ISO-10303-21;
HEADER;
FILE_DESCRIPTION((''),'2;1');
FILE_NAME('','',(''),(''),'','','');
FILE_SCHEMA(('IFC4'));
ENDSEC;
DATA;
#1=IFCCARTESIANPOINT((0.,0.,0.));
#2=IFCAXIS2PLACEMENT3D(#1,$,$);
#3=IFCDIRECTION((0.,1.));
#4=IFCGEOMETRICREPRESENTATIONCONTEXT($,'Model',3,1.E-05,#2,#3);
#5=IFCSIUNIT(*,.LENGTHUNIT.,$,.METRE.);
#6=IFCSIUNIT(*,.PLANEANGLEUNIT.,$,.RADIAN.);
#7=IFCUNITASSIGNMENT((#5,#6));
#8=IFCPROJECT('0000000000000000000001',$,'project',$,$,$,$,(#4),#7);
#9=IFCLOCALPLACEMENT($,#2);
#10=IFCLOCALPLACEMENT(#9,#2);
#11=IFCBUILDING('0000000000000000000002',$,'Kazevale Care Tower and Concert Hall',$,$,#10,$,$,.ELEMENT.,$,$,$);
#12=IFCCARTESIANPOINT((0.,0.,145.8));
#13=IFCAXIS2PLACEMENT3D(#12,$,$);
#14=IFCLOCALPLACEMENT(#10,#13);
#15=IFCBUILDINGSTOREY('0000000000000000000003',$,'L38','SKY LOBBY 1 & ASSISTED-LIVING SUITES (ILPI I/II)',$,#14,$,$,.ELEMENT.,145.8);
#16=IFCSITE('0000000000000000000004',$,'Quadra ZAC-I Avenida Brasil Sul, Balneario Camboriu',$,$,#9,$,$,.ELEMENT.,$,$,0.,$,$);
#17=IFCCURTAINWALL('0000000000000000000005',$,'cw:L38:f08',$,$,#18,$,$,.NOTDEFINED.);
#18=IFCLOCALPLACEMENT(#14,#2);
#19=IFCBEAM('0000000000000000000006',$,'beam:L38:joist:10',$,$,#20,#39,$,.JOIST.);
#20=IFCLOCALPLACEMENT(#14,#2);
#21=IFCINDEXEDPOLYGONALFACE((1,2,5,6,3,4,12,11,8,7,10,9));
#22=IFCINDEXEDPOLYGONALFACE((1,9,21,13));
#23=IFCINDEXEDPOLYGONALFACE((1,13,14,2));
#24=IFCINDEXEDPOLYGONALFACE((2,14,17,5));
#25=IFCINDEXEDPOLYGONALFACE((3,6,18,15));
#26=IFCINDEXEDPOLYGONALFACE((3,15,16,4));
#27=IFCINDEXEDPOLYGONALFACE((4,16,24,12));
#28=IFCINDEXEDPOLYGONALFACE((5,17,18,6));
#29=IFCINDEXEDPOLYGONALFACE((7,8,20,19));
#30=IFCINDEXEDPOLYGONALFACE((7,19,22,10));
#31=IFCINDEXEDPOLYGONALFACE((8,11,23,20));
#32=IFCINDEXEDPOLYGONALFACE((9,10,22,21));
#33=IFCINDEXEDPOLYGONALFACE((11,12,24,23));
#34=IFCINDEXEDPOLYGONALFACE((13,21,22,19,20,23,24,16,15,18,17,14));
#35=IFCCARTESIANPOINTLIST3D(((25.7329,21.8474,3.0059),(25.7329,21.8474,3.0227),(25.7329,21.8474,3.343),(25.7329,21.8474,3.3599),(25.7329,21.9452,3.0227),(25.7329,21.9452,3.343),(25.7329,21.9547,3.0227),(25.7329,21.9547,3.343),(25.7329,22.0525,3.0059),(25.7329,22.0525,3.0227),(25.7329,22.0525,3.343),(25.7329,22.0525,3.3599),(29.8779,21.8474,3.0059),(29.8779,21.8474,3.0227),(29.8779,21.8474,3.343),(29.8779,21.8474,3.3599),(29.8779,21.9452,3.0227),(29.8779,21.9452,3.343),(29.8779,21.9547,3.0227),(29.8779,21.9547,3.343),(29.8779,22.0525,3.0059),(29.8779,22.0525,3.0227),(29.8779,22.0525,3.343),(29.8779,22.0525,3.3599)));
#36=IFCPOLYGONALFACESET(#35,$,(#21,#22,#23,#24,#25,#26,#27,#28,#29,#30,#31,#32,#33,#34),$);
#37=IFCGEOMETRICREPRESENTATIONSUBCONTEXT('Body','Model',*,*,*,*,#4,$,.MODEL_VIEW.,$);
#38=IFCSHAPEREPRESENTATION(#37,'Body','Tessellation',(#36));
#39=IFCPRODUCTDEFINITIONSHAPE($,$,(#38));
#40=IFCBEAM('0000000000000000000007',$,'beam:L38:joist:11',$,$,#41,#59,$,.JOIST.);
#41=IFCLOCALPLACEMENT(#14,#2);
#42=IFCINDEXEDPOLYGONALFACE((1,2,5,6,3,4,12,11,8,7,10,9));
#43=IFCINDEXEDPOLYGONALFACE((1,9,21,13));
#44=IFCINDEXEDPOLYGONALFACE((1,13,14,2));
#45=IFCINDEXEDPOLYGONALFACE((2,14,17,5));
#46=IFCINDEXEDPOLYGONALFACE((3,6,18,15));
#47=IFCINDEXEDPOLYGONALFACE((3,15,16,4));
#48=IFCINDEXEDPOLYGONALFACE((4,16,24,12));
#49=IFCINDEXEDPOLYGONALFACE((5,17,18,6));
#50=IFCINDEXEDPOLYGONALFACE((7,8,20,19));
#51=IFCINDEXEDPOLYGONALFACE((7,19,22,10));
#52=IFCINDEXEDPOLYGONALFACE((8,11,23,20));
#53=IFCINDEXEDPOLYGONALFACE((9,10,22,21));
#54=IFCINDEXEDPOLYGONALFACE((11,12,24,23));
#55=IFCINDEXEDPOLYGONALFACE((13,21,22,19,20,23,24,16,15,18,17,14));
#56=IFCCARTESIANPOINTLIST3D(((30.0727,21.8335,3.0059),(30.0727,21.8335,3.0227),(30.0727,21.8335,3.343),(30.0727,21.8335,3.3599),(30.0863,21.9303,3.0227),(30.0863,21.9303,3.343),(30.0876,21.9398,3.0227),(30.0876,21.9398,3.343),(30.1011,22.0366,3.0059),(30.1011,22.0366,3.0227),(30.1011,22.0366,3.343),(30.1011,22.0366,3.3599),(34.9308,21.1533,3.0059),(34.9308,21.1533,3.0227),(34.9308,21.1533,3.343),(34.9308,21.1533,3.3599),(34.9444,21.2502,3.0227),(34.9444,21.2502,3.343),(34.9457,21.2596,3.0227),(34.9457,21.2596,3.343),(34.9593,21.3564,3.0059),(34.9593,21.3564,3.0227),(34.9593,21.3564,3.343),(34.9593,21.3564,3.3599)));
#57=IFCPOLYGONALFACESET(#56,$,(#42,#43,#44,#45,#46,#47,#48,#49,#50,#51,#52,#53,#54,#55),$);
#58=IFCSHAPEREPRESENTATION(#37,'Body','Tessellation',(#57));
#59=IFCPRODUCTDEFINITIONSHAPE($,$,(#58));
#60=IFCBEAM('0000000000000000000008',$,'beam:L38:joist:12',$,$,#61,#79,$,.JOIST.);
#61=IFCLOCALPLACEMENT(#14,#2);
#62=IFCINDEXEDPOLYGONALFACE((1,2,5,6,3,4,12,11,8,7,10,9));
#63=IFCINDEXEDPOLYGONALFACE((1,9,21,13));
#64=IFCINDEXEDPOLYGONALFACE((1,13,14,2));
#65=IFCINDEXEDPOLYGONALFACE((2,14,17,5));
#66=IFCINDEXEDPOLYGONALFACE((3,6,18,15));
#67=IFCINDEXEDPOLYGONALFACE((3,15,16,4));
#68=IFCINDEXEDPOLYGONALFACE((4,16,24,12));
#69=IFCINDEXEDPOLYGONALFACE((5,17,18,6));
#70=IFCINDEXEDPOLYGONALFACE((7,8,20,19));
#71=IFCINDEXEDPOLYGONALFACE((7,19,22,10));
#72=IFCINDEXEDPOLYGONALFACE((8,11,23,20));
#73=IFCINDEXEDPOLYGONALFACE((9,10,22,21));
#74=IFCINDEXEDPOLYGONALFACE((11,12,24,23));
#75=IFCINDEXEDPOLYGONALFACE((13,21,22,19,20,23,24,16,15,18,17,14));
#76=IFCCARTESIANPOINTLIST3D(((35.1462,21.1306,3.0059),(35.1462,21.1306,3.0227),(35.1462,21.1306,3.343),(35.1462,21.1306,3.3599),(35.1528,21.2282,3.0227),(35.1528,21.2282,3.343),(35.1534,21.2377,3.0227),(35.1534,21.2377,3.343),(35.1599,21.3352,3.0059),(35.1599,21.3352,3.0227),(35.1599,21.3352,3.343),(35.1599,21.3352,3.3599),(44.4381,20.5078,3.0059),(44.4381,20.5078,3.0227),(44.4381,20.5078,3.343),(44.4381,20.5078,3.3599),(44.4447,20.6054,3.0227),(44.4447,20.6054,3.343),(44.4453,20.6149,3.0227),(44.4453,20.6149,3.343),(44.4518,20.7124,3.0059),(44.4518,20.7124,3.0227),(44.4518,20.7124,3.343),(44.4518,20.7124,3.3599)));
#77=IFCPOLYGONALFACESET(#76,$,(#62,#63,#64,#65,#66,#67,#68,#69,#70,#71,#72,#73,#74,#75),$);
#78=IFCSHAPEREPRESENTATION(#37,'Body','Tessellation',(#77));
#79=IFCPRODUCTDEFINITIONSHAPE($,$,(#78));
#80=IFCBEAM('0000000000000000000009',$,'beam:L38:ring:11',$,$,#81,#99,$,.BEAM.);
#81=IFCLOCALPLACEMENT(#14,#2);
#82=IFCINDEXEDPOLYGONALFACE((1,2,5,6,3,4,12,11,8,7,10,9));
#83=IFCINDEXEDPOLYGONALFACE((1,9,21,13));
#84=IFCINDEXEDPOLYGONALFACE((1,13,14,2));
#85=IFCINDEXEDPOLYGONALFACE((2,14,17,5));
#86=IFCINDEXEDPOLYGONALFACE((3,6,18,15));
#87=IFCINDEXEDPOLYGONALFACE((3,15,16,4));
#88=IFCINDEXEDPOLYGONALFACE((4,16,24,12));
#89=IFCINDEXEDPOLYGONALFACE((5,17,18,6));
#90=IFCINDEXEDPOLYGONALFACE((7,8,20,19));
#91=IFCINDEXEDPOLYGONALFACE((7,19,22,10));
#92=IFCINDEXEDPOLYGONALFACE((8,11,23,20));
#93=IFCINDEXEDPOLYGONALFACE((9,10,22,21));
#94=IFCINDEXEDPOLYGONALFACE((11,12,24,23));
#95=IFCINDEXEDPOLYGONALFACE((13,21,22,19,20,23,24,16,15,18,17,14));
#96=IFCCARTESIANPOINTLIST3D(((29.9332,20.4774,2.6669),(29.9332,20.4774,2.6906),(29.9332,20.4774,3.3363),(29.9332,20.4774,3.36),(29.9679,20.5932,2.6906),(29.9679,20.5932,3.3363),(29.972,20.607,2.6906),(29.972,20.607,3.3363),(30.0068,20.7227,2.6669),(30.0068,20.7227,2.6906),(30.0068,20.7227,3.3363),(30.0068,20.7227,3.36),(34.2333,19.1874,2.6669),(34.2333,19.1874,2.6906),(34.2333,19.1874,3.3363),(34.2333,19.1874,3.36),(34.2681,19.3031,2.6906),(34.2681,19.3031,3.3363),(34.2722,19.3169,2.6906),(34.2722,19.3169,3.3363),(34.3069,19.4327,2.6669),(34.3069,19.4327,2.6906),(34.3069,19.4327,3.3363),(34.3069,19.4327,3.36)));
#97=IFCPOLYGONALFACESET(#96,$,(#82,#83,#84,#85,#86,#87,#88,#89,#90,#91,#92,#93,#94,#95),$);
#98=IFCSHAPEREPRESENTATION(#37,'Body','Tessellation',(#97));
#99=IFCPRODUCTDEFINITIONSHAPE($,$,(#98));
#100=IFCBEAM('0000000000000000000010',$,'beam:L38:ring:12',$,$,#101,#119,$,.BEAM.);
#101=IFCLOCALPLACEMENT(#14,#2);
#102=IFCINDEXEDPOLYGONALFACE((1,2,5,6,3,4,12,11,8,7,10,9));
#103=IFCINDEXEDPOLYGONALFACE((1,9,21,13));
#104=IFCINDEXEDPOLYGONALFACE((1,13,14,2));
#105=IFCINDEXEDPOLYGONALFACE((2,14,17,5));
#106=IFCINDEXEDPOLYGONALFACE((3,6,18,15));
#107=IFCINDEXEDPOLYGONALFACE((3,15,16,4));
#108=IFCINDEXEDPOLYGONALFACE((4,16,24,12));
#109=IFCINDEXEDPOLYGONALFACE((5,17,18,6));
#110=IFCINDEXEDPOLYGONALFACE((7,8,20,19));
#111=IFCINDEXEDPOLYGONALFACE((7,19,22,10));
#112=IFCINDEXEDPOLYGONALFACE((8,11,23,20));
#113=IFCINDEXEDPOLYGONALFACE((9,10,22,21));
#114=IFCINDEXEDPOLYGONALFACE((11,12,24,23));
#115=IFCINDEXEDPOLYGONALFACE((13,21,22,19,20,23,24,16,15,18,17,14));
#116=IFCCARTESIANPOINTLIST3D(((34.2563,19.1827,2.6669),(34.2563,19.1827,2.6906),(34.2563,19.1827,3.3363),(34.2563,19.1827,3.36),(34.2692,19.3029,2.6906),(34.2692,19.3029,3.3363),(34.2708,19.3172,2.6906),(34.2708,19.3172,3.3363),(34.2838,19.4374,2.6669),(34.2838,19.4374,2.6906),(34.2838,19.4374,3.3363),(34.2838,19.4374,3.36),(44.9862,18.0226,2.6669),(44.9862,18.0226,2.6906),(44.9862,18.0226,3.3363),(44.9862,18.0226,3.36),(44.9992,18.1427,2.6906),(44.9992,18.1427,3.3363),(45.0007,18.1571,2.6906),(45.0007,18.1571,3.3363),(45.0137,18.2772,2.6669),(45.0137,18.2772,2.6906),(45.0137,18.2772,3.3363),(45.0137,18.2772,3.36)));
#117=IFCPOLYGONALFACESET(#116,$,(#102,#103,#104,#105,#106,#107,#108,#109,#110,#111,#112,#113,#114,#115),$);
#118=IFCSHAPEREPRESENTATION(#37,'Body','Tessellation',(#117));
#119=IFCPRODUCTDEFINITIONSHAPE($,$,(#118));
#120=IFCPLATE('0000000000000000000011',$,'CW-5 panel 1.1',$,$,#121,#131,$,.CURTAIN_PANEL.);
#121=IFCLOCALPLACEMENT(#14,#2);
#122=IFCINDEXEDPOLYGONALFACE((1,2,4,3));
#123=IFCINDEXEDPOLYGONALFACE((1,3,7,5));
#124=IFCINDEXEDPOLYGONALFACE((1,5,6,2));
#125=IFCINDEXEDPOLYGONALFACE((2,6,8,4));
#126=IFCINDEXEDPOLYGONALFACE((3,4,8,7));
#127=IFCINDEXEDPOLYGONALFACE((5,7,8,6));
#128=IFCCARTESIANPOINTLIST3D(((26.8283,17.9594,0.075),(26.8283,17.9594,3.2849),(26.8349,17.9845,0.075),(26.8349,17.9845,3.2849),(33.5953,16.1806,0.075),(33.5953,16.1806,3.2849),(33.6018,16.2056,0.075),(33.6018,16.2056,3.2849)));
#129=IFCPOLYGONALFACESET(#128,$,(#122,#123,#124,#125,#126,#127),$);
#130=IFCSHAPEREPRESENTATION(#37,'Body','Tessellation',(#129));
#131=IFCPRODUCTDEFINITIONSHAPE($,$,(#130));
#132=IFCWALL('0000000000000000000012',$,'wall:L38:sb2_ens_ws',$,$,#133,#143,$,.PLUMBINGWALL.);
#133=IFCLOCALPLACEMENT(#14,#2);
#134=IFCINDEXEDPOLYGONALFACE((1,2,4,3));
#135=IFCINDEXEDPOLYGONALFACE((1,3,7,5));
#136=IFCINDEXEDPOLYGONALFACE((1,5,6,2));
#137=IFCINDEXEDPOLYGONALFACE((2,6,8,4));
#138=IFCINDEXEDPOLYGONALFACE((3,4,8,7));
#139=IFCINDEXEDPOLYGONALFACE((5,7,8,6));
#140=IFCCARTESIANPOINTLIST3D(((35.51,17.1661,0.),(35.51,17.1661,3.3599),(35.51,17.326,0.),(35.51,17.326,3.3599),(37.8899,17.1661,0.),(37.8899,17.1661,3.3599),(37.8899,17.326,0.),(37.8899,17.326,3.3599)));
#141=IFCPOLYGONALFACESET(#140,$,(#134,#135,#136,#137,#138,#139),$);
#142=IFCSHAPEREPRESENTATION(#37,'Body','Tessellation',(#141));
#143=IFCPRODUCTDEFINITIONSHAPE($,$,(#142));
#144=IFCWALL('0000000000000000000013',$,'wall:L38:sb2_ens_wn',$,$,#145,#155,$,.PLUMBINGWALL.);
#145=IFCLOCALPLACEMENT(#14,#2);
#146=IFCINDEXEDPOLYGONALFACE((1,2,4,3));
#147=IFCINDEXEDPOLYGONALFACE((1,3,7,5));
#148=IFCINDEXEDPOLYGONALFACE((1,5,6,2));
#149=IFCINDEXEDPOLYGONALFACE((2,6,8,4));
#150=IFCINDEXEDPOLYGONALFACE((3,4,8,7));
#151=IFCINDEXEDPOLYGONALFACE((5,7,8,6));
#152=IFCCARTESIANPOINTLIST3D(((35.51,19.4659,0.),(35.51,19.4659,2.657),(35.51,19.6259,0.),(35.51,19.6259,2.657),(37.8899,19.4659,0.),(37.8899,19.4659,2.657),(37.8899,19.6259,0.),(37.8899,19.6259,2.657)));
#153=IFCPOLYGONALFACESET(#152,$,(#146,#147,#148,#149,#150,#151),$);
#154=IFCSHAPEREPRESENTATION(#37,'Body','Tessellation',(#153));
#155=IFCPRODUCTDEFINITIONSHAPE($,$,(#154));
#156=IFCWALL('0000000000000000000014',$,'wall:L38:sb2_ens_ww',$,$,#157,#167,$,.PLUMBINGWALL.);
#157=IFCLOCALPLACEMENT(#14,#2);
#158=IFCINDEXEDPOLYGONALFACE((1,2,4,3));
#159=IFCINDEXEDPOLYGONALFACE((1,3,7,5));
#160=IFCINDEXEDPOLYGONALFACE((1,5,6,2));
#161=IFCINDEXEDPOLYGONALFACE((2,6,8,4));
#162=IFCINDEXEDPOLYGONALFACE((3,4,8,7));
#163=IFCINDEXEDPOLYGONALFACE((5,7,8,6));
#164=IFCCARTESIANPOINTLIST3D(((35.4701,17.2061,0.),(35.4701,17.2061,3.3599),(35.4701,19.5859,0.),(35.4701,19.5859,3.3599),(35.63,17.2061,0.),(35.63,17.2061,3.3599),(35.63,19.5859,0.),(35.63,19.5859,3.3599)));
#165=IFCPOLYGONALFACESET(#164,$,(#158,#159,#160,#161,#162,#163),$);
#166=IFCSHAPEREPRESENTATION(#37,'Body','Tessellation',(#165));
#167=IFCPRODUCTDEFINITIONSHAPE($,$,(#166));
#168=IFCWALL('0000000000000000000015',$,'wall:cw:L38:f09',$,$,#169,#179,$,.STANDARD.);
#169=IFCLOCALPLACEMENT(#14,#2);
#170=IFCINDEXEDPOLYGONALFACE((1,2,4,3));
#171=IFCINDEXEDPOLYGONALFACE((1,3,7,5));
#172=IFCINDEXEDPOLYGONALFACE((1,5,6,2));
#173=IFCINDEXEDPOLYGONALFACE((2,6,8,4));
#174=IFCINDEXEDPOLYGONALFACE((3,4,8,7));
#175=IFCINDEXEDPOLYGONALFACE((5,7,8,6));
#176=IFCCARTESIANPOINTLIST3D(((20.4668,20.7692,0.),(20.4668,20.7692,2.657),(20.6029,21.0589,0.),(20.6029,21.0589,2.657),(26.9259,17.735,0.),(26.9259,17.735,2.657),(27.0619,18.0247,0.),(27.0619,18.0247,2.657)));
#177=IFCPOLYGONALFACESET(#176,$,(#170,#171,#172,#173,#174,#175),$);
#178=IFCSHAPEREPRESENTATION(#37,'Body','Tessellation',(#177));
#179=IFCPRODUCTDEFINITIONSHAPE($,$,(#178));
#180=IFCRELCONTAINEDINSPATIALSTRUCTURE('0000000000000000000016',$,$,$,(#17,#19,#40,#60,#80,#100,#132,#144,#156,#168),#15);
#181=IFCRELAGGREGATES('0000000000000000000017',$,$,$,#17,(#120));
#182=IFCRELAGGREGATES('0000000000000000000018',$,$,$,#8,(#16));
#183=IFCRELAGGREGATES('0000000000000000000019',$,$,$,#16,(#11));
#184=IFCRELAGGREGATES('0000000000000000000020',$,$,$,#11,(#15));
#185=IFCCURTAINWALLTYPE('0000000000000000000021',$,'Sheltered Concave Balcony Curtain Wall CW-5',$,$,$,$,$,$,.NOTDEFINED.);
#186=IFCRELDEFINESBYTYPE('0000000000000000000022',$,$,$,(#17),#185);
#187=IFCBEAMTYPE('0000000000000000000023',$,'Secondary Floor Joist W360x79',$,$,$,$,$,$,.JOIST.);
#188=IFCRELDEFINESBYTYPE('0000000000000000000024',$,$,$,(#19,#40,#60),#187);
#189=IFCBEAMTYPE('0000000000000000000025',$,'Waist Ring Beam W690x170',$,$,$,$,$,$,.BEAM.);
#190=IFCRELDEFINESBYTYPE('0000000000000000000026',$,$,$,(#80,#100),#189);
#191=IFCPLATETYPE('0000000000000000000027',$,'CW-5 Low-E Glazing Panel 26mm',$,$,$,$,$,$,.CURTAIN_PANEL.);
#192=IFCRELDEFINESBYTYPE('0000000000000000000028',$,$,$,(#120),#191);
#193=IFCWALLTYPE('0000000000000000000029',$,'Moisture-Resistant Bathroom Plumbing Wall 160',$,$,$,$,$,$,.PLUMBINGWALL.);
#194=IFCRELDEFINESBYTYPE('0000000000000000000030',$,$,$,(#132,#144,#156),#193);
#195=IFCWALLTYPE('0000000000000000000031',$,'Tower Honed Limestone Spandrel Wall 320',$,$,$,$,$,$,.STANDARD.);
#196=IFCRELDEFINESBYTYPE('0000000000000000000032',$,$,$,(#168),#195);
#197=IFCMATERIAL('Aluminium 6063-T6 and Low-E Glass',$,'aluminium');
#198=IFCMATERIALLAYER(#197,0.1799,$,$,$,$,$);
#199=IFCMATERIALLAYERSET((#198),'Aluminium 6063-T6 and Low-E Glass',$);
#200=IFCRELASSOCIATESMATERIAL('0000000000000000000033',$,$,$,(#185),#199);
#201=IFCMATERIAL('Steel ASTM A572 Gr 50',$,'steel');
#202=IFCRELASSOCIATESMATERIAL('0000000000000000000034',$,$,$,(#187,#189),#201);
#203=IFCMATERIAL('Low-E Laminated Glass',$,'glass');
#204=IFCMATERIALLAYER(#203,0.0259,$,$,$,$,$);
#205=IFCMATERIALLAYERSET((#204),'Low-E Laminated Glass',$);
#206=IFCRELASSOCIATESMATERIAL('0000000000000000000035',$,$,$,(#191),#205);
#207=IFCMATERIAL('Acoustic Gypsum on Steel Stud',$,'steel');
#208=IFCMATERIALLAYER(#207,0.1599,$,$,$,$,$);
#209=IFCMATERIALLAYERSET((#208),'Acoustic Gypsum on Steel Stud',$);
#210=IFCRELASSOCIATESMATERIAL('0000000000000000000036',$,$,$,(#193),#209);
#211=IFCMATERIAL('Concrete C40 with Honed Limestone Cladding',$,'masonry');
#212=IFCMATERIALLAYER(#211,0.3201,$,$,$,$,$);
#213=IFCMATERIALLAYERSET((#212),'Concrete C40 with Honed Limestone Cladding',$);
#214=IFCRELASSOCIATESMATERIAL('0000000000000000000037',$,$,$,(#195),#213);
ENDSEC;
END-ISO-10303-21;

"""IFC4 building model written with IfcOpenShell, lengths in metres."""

from ifc_helpers import new_model, si_unit, direction, frame, frame_2d, origin, origin_2d, place, context, subcontext, project, spatial, rectangle, i_section, extrude, material, layer, layer_set, material_profile, profile_set, type_object, element, aggregate, save


model = new_model("IFC4")

# Units and contexts
model_context = context("Model", 3, precision=1e-05, world=origin(), true_north=direction((0.0, 1.0)))
body_context = subcontext(model_context, "Body", "Model", "MODEL_VIEW")
ifc_project = project(units=[si_unit("LENGTHUNIT", "METRE"), si_unit("PLANEANGLEUNIT", "RADIAN")], contexts=[model_context])

# Site, building, storey
site_placement = place(None, origin())
site = spatial("IfcSite", under=ifc_project, at=site_placement, Name="Quadra ZAC-I Avenida Brasil Sul, Balneario Camboriu", CompositionType="ELEMENT", RefElevation=0.0)
building_placement = place(site_placement, origin())
building = spatial("IfcBuilding", under=site, at=building_placement, Name="Kazevale Care Tower and Concert Hall", CompositionType="ELEMENT")
storey_placement = place(building_placement, frame((0.0, 0.0, 145.8)))
storey = spatial("IfcBuildingStorey", under=building, at=storey_placement, Name="L38", Description="SKY LOBBY 1 & ASSISTED-LIVING SUITES (ILPI I/II)", CompositionType="ELEMENT", Elevation=145.8)

# Shared definitions
ifc_material_1 = material(Name="Aluminium 6063-T6 and Low-E Glass", Category="aluminium")
ifc_layer_1 = layer(ifc_material_1, 0.1799)
ifc_layer_set_1 = layer_set([ifc_layer_1], Name="Aluminium 6063-T6 and Low-E Glass")
curtain_wall_type = type_object("IfcCurtainWallType", Name="Sheltered Concave Balcony Curtain Wall CW-5", PredefinedType="NOTDEFINED", material=ifc_layer_set_1)

# Curtain wall
curtain_wall_1_placement = place(storey_placement, origin())
curtain_wall_1 = element("IfcCurtainWall", 1, at=curtain_wall_1_placement, inside=storey, type_object=curtain_wall_type, Name="cw:L38:f08", PredefinedType="NOTDEFINED")

# Beams
ifc_material_2 = material(Name="Steel ASTM A572 Gr 50", Category="steel")
ifc_material_profile_1 = material_profile(ifc_material_2, i_section(OverallWidth=0.2051, OverallDepth=0.354, WebThickness=0.0095, FlangeThickness=0.0168, at=origin_2d()), Name="W360x79")
ifc_profile_set_1 = profile_set([ifc_material_profile_1], Name="Steel ASTM A572 Gr 50")
beam_type_1 = type_object("IfcBeamType", Name="Secondary Floor Joist W360x79", PredefinedType="JOIST", material=ifc_profile_set_1)
beam_1_placement = place(storey_placement, frame((25.7329, 21.95, 3.1829), z_axis=(1.0, 0.0, 0.0), x_axis=(0.0, 1.0, 0.0)))
element("IfcBeam", 2, at=beam_1_placement, inside=storey, type_object=beam_type_1, Name="beam:L38:joist:10", PredefinedType="JOIST", context=body_context, shape_type="SweptSolid", body=[
    extrude(i_section(OverallWidth=0.2051, OverallDepth=0.354, WebThickness=0.0095, FlangeThickness=0.0168, at=origin_2d()), origin(), (0.0, 0.0, 1.0), 4.145),
])
beam_2_placement = place(storey_placement, frame((30.0869, 21.9351, 3.1829), z_axis=(0.990341, -0.138655, 0.0), x_axis=(0.138655, 0.990341, 0.0)))
element("IfcBeam", 3, at=beam_2_placement, inside=storey, type_object=beam_type_1, Name="beam:L38:joist:11", PredefinedType="JOIST", context=body_context, shape_type="SweptSolid", body=[
    extrude(i_section(OverallWidth=0.2051, OverallDepth=0.354, WebThickness=0.0095, FlangeThickness=0.0168, at=origin_2d()), origin(), (0.0, 0.0, 1.0), 4.9055),
])
beam_3_placement = place(storey_placement, frame((35.1531, 21.2329, 3.1829), z_axis=(0.997761, -0.066876, 0.0), x_axis=(0.066876, 0.997761, 0.0)))
element("IfcBeam", 4, at=beam_3_placement, inside=storey, type_object=beam_type_1, Name="beam:L38:joist:12", PredefinedType="JOIST", context=body_context, shape_type="SweptSolid", body=[
    extrude(i_section(OverallWidth=0.2051, OverallDepth=0.354, WebThickness=0.0095, FlangeThickness=0.0168, at=origin_2d()), origin(), (0.0, 0.0, 1.0), 9.3127),
])
ifc_material_profile_2 = material_profile(ifc_material_2, i_section(OverallWidth=0.2561, OverallDepth=0.6931, WebThickness=0.0144, FlangeThickness=0.0237, at=origin_2d()), Name="W690x170")
ifc_profile_set_2 = profile_set([ifc_material_profile_2], Name="Steel ASTM A572 Gr 50")
beam_type_2 = type_object("IfcBeamType", Name="Waist Ring Beam W690x170", PredefinedType="BEAM", material=ifc_profile_set_2)
beam_4_placement = place(storey_placement, frame((29.97, 20.6001, 3.0134), z_axis=(0.957825, -0.287353, 0.0), x_axis=(0.287353, 0.957825, 0.0)))
element("IfcBeam", 5, at=beam_4_placement, inside=storey, type_object=beam_type_2, Name="beam:L38:ring:11", PredefinedType="BEAM", context=body_context, shape_type="SweptSolid", body=[
    extrude(i_section(OverallWidth=0.2561, OverallDepth=0.6931, WebThickness=0.0144, FlangeThickness=0.0237, at=origin_2d()), origin(), (0.0, 0.0, 1.0), 4.4895),
])
beam_5_placement = place(storey_placement, frame((34.27, 19.3101, 3.0134), z_axis=(0.994205, -0.107496, 0.0), x_axis=(0.107496, 0.994205, 0.0)))
element("IfcBeam", 6, at=beam_5_placement, inside=storey, type_object=beam_type_2, Name="beam:L38:ring:12", PredefinedType="BEAM", context=body_context, shape_type="SweptSolid", body=[
    extrude(i_section(OverallWidth=0.2561, OverallDepth=0.6931, WebThickness=0.0144, FlangeThickness=0.0237, at=origin_2d()), origin(), (0.0, 0.0, 1.0), 10.7925),
])

# Plate
ifc_material_3 = material(Name="Low-E Laminated Glass", Category="glass")
ifc_layer_2 = layer(ifc_material_3, 0.0259)
ifc_layer_set_2 = layer_set([ifc_layer_2], Name="Low-E Laminated Glass")
plate_type = type_object("IfcPlateType", Name="CW-5 Low-E Glazing Panel 26mm", PredefinedType="CURTAIN_PANEL", material=ifc_layer_set_2)
plate_placement = place(storey_placement, frame((30.2151, 17.0825, 0.075), z_axis=(0.0, 0.0, 1.0), x_axis=(-0.967142, 0.254238, 0.0)))
plate = element("IfcPlate", 7, at=plate_placement, type_object=plate_type, Name="CW-5 panel 1.1", PredefinedType="CURTAIN_PANEL", context=body_context, shape_type="SweptSolid", body=[
    extrude(rectangle(XDim=6.9968, YDim=0.0259, at=origin_2d()), origin(), (0.0, 0.0, 1.0), 3.21),
])
aggregate(curtain_wall_1, [plate])

# Walls
ifc_material_4 = material(Name="Acoustic Gypsum on Steel Stud", Category="steel")
ifc_layer_3 = layer(ifc_material_4, 0.1599)
ifc_layer_set_3 = layer_set([ifc_layer_3], Name="Acoustic Gypsum on Steel Stud")
wall_type_1 = type_object("IfcWallType", Name="Moisture-Resistant Bathroom Plumbing Wall 160", PredefinedType="PLUMBINGWALL", material=ifc_layer_set_3)
wall_1_placement = place(storey_placement, frame((35.51, 17.2461, 0.0), z_axis=(0.0, 0.0, 1.0), x_axis=(1.0, 0.0, 0.0)))
element("IfcWall", 8, at=wall_1_placement, inside=storey, type_object=wall_type_1, Name="wall:L38:sb2_ens_ws", PredefinedType="PLUMBINGWALL", context=body_context, shape_type="SweptSolid", body=[
    extrude(rectangle(XDim=2.3799, YDim=0.1599, at=frame_2d((1.1899, 0.0))), origin(), (0.0, 0.0, 1.0), 3.3599),
])
wall_2_placement = place(storey_placement, frame((35.51, 19.5459, 0.0), z_axis=(0.0, 0.0, 1.0), x_axis=(1.0, 0.0, 0.0)))
element("IfcWall", 9, at=wall_2_placement, inside=storey, type_object=wall_type_1, Name="wall:L38:sb2_ens_wn", PredefinedType="PLUMBINGWALL", context=body_context, shape_type="SweptSolid", body=[
    extrude(rectangle(XDim=2.3799, YDim=0.1599, at=frame_2d((1.1899, 0.0))), origin(), (0.0, 0.0, 1.0), 2.657),
])
wall_3_placement = place(storey_placement, frame((35.55, 17.2061, 0.0), z_axis=(0.0, 0.0, 1.0), x_axis=(0.0, 1.0, 0.0)))
element("IfcWall", 10, at=wall_3_placement, inside=storey, type_object=wall_type_1, Name="wall:L38:sb2_ens_ww", PredefinedType="PLUMBINGWALL", context=body_context, shape_type="SweptSolid", body=[
    extrude(rectangle(XDim=2.3799, YDim=0.1599, at=frame_2d((1.1899, 0.0))), origin(), (0.0, 0.0, 1.0), 3.3599),
])
ifc_material_5 = material(Name="Concrete C40 with Honed Limestone Cladding", Category="masonry")
ifc_layer_4 = layer(ifc_material_5, 0.3201)
ifc_layer_set_4 = layer_set([ifc_layer_4], Name="Concrete C40 with Honed Limestone Cladding")
wall_type_2 = type_object("IfcWallType", Name="Tower Honed Limestone Spandrel Wall 320", PredefinedType="STANDARD", material=ifc_layer_set_4)
wall_4_placement = place(storey_placement, frame((26.9939, 17.8799, 0.0), z_axis=(0.0, 0.0, 1.0), x_axis=(-0.905107, 0.425184, 0.0)))
element("IfcWall", 11, at=wall_4_placement, inside=storey, type_object=wall_type_2, Name="wall:cw:L38:f09", PredefinedType="STANDARD", context=body_context, shape_type="SweptSolid", body=[
    extrude(rectangle(XDim=7.1362, YDim=0.3201, at=frame_2d((3.5681, 0.0))), origin(), (0.0, 0.0, 1.0), 2.657),
])

save(model, "model.ifc")
